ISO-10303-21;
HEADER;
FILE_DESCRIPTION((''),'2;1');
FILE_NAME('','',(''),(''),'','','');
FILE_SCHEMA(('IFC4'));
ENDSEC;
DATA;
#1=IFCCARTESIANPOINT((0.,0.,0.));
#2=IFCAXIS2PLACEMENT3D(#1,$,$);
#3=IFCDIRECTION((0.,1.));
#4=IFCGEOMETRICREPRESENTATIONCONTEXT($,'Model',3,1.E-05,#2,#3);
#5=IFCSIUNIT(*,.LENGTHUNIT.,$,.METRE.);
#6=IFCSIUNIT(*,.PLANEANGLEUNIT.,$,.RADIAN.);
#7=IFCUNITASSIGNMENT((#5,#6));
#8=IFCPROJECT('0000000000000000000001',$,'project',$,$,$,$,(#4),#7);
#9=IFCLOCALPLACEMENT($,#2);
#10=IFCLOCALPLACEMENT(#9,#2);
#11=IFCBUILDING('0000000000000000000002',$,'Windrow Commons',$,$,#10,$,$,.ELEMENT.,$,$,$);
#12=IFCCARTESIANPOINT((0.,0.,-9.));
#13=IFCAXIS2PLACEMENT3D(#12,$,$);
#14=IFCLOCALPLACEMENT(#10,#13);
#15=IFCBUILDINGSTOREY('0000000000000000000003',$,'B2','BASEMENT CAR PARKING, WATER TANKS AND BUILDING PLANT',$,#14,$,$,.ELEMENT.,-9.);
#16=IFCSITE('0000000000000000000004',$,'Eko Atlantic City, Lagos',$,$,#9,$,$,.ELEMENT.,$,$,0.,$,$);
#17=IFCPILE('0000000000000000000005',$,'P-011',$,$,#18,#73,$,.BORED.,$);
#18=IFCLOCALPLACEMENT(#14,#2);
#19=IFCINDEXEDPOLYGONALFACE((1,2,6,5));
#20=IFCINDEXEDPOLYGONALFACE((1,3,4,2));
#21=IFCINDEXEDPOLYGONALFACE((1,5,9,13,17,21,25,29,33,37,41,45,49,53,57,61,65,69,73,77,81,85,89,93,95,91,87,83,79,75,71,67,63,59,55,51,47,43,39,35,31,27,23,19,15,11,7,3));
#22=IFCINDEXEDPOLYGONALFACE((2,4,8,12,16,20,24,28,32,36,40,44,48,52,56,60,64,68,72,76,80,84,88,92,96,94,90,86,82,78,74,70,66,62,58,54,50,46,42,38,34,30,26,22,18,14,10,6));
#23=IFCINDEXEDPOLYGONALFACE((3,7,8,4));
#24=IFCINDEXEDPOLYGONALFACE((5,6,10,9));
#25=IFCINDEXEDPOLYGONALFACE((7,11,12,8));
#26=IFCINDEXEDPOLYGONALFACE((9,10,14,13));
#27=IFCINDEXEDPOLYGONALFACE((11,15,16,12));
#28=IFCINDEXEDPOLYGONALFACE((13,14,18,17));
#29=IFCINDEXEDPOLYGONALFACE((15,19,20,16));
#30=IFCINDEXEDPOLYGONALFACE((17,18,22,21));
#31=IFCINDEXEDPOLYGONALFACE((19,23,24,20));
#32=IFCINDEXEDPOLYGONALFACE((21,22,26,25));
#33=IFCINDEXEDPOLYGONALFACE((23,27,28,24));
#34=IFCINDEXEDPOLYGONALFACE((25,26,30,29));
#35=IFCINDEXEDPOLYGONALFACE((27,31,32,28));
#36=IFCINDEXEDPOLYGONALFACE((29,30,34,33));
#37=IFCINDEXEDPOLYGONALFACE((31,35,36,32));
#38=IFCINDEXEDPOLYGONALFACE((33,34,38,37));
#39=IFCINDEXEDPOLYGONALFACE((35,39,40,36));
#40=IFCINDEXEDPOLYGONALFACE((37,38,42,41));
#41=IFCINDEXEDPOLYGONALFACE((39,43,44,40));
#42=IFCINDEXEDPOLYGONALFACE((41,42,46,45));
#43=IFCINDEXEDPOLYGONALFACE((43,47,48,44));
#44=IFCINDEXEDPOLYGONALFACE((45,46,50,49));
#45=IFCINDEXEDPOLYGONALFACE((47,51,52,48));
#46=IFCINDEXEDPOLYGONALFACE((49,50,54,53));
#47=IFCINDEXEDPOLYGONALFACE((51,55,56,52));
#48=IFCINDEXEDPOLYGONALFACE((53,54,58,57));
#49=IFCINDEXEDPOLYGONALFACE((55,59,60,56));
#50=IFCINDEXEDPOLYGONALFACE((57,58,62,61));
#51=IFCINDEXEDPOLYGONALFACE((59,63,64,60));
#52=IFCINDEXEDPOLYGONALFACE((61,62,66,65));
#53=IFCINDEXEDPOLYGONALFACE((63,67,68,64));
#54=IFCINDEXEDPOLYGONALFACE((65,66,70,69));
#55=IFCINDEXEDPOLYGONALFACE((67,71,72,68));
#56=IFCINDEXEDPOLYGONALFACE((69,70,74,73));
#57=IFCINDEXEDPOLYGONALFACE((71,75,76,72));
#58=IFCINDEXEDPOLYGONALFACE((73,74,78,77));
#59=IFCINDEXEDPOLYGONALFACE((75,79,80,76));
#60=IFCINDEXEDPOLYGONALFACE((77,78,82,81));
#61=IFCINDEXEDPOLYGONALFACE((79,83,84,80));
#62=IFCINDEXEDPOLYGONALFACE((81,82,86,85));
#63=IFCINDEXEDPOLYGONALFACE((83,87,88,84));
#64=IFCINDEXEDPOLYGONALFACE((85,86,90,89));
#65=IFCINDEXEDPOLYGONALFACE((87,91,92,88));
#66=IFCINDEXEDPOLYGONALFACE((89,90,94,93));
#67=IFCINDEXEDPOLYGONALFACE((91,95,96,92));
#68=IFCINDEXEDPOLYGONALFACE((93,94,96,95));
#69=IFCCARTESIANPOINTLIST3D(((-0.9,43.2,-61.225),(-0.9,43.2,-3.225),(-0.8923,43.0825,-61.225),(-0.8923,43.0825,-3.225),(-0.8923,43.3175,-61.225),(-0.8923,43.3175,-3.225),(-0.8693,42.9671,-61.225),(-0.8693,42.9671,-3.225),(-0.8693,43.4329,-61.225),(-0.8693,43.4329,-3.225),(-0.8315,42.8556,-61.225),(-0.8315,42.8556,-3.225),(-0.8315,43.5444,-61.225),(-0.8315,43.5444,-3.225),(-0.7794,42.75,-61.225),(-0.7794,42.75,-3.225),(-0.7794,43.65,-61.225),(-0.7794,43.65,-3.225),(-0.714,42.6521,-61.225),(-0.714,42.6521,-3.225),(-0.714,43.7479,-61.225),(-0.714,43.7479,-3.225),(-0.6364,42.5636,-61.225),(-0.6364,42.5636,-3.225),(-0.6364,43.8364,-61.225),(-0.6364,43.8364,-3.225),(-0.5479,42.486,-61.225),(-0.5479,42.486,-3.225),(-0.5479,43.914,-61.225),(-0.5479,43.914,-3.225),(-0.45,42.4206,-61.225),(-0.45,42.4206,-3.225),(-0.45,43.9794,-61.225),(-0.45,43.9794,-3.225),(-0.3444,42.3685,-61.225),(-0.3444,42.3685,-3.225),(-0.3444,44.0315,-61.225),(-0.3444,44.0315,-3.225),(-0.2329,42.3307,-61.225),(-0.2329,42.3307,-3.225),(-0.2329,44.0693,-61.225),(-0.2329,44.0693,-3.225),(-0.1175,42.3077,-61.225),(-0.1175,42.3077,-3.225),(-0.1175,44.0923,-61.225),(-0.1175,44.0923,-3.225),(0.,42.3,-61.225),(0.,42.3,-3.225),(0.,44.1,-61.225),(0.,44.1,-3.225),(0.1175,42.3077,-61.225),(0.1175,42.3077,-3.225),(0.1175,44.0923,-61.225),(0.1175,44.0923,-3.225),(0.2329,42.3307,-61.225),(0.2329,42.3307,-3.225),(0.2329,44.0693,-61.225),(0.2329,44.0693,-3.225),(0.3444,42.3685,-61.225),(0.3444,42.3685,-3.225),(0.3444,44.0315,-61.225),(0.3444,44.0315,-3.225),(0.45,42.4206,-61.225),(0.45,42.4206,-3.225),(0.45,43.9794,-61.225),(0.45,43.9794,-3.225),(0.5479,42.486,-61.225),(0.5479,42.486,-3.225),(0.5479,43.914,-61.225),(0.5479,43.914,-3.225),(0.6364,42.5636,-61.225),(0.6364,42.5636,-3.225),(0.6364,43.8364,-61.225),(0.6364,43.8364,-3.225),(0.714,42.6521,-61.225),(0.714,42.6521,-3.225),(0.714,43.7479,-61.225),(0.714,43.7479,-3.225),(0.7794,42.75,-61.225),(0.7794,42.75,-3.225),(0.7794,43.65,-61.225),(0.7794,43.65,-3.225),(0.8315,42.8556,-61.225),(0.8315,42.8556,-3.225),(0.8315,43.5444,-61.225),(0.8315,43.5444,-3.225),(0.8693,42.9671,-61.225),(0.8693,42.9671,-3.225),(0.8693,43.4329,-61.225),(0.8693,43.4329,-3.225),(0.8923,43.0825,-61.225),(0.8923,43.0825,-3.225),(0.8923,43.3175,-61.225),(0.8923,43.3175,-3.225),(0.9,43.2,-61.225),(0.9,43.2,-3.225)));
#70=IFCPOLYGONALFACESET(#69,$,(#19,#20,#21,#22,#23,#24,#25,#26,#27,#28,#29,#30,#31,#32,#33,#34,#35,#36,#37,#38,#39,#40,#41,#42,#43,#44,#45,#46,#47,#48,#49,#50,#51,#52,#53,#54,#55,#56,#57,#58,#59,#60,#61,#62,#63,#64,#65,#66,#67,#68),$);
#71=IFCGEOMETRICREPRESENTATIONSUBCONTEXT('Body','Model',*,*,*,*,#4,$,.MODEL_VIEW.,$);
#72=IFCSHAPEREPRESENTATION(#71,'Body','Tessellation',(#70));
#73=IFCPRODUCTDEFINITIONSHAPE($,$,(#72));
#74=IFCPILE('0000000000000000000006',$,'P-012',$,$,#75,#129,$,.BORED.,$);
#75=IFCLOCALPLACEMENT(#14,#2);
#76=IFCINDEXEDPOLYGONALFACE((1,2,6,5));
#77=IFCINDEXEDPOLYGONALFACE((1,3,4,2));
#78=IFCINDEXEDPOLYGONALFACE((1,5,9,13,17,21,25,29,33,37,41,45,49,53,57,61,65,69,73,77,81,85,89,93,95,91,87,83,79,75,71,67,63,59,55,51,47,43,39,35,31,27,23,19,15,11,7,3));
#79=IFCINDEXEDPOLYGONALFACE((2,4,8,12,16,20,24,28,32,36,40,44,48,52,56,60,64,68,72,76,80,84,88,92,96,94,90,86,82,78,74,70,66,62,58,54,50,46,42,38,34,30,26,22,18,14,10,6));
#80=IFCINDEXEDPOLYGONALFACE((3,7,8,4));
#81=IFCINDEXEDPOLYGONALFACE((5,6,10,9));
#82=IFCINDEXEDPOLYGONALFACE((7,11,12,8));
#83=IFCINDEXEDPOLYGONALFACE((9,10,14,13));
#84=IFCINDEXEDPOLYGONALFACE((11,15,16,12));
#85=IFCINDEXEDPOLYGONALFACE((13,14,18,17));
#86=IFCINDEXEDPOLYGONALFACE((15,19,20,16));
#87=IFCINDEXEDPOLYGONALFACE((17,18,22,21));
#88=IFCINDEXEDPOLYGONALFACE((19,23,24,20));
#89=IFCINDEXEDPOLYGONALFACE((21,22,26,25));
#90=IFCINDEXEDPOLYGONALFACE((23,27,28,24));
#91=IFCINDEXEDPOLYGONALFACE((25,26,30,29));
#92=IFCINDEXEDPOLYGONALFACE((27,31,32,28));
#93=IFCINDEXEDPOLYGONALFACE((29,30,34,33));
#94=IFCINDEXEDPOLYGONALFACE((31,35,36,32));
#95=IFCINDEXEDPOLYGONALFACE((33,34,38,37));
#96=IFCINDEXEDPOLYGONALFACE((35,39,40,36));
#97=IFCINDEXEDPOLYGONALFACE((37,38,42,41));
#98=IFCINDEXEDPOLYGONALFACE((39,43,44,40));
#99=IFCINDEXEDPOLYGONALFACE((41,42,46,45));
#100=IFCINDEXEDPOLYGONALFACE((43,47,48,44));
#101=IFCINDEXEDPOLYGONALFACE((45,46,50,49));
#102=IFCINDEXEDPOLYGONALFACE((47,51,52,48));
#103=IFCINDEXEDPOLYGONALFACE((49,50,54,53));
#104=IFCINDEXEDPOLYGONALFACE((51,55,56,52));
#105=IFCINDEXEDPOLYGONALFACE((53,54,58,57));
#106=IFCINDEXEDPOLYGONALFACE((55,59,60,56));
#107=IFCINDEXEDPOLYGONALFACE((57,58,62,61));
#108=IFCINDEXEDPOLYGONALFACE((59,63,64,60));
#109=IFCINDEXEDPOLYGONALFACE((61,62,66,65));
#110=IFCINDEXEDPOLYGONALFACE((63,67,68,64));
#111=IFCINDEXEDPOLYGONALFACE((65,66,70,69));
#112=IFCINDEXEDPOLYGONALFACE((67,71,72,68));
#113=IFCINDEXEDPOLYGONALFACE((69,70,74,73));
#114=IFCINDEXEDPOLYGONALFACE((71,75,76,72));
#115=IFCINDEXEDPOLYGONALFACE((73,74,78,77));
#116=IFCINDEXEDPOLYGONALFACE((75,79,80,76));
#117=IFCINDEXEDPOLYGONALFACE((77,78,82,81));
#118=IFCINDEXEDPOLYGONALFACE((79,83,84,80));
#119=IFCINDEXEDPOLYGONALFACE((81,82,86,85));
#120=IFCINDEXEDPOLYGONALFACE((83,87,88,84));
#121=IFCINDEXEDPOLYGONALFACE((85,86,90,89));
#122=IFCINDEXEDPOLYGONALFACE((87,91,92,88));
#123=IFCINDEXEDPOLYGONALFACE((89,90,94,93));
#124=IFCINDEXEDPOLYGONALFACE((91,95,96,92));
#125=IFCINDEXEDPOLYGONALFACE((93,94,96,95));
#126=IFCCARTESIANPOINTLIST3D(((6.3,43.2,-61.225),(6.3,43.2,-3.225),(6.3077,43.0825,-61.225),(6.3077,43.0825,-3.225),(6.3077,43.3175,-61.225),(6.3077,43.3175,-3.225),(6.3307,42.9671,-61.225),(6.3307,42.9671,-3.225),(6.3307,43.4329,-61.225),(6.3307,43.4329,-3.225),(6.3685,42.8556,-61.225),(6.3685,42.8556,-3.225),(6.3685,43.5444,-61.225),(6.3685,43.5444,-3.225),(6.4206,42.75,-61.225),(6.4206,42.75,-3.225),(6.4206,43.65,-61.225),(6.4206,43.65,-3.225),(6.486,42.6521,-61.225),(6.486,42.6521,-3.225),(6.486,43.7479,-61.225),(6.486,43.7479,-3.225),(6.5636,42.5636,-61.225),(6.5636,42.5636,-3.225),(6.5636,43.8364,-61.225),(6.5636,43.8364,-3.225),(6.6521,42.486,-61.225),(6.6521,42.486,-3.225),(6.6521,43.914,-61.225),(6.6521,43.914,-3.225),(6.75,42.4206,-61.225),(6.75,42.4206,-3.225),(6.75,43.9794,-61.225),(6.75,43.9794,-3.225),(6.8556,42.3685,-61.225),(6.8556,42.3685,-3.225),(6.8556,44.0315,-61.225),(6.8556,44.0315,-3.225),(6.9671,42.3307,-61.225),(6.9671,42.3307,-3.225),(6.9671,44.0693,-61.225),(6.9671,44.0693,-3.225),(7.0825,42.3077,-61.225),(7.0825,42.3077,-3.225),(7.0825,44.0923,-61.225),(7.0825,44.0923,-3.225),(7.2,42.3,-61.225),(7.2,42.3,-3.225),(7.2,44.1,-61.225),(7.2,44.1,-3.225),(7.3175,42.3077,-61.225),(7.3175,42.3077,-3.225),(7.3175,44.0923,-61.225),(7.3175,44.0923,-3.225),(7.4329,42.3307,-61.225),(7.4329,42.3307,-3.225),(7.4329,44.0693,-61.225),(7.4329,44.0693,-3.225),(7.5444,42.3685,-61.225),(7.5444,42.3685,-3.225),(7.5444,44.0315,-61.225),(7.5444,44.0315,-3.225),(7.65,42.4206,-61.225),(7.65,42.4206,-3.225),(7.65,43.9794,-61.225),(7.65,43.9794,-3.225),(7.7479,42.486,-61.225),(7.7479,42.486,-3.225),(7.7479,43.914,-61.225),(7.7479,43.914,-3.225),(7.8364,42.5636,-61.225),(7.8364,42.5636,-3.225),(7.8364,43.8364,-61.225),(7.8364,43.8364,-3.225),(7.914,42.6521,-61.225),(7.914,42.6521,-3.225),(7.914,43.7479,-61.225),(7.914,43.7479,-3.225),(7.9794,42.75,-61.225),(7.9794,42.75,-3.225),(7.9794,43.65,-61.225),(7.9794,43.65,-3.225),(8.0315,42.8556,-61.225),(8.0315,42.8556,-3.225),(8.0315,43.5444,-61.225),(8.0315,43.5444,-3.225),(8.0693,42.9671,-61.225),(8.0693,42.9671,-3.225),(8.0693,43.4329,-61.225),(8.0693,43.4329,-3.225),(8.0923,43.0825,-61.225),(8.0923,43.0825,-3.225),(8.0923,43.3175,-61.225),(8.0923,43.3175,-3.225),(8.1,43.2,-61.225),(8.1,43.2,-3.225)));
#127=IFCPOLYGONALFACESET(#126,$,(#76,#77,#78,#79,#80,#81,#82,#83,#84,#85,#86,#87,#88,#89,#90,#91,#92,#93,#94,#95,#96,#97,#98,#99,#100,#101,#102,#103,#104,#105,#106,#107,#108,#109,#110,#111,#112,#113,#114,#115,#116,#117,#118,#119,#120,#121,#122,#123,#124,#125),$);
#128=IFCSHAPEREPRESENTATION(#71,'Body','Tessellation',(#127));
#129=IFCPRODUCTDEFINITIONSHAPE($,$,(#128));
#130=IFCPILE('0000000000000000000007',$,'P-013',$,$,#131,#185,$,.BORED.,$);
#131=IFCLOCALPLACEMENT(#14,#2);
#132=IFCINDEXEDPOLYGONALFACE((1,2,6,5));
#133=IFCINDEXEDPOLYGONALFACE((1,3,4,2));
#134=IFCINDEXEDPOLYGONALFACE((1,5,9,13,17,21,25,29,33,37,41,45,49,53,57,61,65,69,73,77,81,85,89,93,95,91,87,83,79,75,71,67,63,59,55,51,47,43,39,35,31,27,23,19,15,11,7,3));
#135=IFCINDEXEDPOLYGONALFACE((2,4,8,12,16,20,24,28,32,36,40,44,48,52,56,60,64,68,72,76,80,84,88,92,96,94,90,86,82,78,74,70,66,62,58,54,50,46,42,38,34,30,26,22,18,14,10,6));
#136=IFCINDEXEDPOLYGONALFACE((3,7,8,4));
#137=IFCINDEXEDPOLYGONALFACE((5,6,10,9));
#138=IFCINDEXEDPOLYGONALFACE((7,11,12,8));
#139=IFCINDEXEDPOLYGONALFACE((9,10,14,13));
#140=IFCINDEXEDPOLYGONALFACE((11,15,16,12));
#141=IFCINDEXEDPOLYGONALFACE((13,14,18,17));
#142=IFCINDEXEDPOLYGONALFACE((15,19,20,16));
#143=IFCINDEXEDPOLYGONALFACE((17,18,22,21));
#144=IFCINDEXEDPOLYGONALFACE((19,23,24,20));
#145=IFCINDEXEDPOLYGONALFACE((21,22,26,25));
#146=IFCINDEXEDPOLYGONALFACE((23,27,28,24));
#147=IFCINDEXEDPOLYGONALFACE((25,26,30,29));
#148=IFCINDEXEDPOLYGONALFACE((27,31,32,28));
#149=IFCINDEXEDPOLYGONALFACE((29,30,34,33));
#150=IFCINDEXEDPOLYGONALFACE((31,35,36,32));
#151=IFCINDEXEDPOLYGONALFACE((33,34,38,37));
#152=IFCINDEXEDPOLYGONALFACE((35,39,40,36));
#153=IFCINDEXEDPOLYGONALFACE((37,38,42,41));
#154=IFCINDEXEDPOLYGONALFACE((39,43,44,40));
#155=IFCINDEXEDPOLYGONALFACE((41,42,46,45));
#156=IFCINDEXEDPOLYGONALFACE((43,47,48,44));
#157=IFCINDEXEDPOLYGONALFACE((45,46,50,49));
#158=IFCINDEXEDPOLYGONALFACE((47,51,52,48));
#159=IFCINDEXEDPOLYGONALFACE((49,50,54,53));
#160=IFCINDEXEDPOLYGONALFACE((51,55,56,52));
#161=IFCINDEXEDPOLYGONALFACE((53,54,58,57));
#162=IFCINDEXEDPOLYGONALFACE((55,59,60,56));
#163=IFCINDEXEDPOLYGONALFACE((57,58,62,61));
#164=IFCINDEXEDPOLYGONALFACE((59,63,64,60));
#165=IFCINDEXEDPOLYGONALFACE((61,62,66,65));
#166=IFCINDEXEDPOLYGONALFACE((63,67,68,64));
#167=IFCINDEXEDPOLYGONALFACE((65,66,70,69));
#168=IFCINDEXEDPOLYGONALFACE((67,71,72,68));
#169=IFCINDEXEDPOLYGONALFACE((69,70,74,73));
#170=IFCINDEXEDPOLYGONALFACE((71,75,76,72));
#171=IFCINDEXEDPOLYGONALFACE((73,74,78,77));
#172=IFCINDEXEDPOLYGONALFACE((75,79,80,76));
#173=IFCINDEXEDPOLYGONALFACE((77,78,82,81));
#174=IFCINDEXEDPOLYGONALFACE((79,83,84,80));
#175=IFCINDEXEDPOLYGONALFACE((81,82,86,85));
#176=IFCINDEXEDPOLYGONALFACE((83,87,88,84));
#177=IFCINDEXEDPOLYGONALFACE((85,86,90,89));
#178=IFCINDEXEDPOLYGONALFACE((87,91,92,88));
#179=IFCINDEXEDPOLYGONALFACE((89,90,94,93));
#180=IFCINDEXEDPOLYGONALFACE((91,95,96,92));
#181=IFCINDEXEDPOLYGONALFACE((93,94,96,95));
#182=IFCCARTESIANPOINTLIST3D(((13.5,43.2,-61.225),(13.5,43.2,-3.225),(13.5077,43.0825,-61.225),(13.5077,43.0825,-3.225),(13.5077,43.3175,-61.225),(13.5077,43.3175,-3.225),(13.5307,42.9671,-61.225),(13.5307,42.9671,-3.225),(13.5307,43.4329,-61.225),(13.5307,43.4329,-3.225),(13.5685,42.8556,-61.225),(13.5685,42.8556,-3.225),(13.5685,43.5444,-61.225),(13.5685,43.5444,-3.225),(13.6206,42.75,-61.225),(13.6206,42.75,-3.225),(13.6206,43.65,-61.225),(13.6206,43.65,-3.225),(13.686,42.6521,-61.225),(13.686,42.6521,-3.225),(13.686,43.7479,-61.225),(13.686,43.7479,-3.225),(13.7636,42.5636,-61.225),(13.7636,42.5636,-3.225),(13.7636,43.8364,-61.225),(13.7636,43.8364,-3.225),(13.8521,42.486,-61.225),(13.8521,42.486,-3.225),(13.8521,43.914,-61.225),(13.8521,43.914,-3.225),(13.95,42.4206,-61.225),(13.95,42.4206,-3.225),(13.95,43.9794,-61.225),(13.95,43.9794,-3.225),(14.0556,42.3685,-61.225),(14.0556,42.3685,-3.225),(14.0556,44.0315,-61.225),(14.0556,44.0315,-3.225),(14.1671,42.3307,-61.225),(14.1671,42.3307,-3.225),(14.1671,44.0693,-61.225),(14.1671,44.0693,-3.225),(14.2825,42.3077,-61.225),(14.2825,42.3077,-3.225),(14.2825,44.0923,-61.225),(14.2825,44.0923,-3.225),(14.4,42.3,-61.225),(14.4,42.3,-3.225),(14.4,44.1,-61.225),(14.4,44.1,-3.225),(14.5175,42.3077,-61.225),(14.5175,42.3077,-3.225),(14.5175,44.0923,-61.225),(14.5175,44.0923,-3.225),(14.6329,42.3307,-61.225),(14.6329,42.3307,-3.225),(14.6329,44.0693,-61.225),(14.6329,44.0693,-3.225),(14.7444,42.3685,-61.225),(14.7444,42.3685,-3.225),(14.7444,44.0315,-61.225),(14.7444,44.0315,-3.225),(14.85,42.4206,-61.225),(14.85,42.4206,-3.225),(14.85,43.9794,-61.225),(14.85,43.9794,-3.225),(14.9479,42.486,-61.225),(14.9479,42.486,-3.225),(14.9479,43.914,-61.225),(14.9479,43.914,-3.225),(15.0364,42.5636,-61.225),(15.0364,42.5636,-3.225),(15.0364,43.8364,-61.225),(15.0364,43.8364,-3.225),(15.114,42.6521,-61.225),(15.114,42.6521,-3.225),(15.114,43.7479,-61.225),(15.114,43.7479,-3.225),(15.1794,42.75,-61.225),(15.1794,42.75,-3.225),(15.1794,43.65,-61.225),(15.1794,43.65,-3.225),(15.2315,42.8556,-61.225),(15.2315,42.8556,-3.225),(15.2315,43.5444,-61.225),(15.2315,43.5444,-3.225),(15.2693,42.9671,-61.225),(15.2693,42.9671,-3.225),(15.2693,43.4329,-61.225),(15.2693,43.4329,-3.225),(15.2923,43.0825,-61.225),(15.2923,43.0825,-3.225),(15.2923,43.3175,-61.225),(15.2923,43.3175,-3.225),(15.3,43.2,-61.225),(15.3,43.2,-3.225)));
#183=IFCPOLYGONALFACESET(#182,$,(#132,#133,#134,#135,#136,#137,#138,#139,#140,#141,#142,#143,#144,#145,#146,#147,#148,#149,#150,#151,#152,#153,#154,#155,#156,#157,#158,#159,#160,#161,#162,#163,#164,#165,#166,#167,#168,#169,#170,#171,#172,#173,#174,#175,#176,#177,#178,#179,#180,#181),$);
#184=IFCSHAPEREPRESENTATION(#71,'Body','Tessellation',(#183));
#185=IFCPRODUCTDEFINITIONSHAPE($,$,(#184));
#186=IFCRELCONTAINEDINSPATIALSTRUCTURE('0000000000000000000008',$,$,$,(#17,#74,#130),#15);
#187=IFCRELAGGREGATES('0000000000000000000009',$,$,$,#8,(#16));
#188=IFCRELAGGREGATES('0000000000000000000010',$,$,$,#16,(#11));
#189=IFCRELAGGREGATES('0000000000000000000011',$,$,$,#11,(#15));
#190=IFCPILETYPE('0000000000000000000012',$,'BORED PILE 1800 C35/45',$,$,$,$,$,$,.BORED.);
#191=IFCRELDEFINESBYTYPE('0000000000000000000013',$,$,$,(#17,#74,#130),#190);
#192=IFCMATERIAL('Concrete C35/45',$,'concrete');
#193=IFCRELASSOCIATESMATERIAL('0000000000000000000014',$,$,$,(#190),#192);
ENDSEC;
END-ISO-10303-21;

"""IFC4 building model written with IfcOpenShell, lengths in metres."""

from ifc_helpers import new_model, si_unit, direction, frame, origin, origin_2d, place, context, subcontext, project, spatial, circle, extrude, material, material_profile, profile_set, type_object, element, save


model = new_model("IFC4")

# Units and contexts
model_context = context("Model", 3, precision=1e-05, world=origin(), true_north=direction((0.0, 1.0)))
body_context = subcontext(model_context, "Body", "Model", "MODEL_VIEW")
ifc_project = project(units=[si_unit("LENGTHUNIT", "METRE"), si_unit("PLANEANGLEUNIT", "RADIAN")], contexts=[model_context])

# Site, building, storey
site_placement = place(None, origin())
site = spatial("IfcSite", under=ifc_project, at=site_placement, Name="Eko Atlantic City, Lagos", CompositionType="ELEMENT", RefElevation=0.0)
building_placement = place(site_placement, origin())
building = spatial("IfcBuilding", under=site, at=building_placement, Name="Windrow Commons", CompositionType="ELEMENT")
storey_placement = place(building_placement, frame((0.0, 0.0, -9.0)))
storey = spatial("IfcBuildingStorey", under=building, at=storey_placement, Name="B2", Description="BASEMENT CAR PARKING, WATER TANKS AND BUILDING PLANT", CompositionType="ELEMENT", Elevation=-9.0)

# Piles
ifc_material_1 = material(Name="Concrete C35/45", Category="concrete")
ifc_material_profile_1 = material_profile(ifc_material_1, circle(Radius=0.9, at=origin_2d()))
ifc_profile_set_1 = profile_set([ifc_material_profile_1], Name="Concrete C35/45")
pile_type = type_object("IfcPileType", Name="BORED PILE 1800 C35/45", PredefinedType="BORED", material=ifc_profile_set_1)
for number, where, z_axis, x_axis, name in (
    (1, (0.0, 43.2, -3.225), (0.0, 0.0, -1.0), (1.0, 0.0, 0.0), "P-011"),
    (2, (7.2, 43.2, -3.225), (0.0, 0.0, -1.0), (1.0, 0.0, 0.0), "P-012"),
    (3, (14.4, 43.2, -3.225), (0.0, 0.0, -1.0), (1.0, 0.0, 0.0), "P-013"),
):
    element("IfcPile", number, at=place(storey_placement, frame(where, z_axis=z_axis, x_axis=x_axis)), inside=storey, type_object=pile_type, Name=name, PredefinedType="BORED", context=body_context, shape_type="SweptSolid", body=[
        extrude(circle(Radius=0.9, at=origin_2d()), origin(), (0.0, 0.0, 1.0), 58.0),
    ])

save(model, "model.ifc")
